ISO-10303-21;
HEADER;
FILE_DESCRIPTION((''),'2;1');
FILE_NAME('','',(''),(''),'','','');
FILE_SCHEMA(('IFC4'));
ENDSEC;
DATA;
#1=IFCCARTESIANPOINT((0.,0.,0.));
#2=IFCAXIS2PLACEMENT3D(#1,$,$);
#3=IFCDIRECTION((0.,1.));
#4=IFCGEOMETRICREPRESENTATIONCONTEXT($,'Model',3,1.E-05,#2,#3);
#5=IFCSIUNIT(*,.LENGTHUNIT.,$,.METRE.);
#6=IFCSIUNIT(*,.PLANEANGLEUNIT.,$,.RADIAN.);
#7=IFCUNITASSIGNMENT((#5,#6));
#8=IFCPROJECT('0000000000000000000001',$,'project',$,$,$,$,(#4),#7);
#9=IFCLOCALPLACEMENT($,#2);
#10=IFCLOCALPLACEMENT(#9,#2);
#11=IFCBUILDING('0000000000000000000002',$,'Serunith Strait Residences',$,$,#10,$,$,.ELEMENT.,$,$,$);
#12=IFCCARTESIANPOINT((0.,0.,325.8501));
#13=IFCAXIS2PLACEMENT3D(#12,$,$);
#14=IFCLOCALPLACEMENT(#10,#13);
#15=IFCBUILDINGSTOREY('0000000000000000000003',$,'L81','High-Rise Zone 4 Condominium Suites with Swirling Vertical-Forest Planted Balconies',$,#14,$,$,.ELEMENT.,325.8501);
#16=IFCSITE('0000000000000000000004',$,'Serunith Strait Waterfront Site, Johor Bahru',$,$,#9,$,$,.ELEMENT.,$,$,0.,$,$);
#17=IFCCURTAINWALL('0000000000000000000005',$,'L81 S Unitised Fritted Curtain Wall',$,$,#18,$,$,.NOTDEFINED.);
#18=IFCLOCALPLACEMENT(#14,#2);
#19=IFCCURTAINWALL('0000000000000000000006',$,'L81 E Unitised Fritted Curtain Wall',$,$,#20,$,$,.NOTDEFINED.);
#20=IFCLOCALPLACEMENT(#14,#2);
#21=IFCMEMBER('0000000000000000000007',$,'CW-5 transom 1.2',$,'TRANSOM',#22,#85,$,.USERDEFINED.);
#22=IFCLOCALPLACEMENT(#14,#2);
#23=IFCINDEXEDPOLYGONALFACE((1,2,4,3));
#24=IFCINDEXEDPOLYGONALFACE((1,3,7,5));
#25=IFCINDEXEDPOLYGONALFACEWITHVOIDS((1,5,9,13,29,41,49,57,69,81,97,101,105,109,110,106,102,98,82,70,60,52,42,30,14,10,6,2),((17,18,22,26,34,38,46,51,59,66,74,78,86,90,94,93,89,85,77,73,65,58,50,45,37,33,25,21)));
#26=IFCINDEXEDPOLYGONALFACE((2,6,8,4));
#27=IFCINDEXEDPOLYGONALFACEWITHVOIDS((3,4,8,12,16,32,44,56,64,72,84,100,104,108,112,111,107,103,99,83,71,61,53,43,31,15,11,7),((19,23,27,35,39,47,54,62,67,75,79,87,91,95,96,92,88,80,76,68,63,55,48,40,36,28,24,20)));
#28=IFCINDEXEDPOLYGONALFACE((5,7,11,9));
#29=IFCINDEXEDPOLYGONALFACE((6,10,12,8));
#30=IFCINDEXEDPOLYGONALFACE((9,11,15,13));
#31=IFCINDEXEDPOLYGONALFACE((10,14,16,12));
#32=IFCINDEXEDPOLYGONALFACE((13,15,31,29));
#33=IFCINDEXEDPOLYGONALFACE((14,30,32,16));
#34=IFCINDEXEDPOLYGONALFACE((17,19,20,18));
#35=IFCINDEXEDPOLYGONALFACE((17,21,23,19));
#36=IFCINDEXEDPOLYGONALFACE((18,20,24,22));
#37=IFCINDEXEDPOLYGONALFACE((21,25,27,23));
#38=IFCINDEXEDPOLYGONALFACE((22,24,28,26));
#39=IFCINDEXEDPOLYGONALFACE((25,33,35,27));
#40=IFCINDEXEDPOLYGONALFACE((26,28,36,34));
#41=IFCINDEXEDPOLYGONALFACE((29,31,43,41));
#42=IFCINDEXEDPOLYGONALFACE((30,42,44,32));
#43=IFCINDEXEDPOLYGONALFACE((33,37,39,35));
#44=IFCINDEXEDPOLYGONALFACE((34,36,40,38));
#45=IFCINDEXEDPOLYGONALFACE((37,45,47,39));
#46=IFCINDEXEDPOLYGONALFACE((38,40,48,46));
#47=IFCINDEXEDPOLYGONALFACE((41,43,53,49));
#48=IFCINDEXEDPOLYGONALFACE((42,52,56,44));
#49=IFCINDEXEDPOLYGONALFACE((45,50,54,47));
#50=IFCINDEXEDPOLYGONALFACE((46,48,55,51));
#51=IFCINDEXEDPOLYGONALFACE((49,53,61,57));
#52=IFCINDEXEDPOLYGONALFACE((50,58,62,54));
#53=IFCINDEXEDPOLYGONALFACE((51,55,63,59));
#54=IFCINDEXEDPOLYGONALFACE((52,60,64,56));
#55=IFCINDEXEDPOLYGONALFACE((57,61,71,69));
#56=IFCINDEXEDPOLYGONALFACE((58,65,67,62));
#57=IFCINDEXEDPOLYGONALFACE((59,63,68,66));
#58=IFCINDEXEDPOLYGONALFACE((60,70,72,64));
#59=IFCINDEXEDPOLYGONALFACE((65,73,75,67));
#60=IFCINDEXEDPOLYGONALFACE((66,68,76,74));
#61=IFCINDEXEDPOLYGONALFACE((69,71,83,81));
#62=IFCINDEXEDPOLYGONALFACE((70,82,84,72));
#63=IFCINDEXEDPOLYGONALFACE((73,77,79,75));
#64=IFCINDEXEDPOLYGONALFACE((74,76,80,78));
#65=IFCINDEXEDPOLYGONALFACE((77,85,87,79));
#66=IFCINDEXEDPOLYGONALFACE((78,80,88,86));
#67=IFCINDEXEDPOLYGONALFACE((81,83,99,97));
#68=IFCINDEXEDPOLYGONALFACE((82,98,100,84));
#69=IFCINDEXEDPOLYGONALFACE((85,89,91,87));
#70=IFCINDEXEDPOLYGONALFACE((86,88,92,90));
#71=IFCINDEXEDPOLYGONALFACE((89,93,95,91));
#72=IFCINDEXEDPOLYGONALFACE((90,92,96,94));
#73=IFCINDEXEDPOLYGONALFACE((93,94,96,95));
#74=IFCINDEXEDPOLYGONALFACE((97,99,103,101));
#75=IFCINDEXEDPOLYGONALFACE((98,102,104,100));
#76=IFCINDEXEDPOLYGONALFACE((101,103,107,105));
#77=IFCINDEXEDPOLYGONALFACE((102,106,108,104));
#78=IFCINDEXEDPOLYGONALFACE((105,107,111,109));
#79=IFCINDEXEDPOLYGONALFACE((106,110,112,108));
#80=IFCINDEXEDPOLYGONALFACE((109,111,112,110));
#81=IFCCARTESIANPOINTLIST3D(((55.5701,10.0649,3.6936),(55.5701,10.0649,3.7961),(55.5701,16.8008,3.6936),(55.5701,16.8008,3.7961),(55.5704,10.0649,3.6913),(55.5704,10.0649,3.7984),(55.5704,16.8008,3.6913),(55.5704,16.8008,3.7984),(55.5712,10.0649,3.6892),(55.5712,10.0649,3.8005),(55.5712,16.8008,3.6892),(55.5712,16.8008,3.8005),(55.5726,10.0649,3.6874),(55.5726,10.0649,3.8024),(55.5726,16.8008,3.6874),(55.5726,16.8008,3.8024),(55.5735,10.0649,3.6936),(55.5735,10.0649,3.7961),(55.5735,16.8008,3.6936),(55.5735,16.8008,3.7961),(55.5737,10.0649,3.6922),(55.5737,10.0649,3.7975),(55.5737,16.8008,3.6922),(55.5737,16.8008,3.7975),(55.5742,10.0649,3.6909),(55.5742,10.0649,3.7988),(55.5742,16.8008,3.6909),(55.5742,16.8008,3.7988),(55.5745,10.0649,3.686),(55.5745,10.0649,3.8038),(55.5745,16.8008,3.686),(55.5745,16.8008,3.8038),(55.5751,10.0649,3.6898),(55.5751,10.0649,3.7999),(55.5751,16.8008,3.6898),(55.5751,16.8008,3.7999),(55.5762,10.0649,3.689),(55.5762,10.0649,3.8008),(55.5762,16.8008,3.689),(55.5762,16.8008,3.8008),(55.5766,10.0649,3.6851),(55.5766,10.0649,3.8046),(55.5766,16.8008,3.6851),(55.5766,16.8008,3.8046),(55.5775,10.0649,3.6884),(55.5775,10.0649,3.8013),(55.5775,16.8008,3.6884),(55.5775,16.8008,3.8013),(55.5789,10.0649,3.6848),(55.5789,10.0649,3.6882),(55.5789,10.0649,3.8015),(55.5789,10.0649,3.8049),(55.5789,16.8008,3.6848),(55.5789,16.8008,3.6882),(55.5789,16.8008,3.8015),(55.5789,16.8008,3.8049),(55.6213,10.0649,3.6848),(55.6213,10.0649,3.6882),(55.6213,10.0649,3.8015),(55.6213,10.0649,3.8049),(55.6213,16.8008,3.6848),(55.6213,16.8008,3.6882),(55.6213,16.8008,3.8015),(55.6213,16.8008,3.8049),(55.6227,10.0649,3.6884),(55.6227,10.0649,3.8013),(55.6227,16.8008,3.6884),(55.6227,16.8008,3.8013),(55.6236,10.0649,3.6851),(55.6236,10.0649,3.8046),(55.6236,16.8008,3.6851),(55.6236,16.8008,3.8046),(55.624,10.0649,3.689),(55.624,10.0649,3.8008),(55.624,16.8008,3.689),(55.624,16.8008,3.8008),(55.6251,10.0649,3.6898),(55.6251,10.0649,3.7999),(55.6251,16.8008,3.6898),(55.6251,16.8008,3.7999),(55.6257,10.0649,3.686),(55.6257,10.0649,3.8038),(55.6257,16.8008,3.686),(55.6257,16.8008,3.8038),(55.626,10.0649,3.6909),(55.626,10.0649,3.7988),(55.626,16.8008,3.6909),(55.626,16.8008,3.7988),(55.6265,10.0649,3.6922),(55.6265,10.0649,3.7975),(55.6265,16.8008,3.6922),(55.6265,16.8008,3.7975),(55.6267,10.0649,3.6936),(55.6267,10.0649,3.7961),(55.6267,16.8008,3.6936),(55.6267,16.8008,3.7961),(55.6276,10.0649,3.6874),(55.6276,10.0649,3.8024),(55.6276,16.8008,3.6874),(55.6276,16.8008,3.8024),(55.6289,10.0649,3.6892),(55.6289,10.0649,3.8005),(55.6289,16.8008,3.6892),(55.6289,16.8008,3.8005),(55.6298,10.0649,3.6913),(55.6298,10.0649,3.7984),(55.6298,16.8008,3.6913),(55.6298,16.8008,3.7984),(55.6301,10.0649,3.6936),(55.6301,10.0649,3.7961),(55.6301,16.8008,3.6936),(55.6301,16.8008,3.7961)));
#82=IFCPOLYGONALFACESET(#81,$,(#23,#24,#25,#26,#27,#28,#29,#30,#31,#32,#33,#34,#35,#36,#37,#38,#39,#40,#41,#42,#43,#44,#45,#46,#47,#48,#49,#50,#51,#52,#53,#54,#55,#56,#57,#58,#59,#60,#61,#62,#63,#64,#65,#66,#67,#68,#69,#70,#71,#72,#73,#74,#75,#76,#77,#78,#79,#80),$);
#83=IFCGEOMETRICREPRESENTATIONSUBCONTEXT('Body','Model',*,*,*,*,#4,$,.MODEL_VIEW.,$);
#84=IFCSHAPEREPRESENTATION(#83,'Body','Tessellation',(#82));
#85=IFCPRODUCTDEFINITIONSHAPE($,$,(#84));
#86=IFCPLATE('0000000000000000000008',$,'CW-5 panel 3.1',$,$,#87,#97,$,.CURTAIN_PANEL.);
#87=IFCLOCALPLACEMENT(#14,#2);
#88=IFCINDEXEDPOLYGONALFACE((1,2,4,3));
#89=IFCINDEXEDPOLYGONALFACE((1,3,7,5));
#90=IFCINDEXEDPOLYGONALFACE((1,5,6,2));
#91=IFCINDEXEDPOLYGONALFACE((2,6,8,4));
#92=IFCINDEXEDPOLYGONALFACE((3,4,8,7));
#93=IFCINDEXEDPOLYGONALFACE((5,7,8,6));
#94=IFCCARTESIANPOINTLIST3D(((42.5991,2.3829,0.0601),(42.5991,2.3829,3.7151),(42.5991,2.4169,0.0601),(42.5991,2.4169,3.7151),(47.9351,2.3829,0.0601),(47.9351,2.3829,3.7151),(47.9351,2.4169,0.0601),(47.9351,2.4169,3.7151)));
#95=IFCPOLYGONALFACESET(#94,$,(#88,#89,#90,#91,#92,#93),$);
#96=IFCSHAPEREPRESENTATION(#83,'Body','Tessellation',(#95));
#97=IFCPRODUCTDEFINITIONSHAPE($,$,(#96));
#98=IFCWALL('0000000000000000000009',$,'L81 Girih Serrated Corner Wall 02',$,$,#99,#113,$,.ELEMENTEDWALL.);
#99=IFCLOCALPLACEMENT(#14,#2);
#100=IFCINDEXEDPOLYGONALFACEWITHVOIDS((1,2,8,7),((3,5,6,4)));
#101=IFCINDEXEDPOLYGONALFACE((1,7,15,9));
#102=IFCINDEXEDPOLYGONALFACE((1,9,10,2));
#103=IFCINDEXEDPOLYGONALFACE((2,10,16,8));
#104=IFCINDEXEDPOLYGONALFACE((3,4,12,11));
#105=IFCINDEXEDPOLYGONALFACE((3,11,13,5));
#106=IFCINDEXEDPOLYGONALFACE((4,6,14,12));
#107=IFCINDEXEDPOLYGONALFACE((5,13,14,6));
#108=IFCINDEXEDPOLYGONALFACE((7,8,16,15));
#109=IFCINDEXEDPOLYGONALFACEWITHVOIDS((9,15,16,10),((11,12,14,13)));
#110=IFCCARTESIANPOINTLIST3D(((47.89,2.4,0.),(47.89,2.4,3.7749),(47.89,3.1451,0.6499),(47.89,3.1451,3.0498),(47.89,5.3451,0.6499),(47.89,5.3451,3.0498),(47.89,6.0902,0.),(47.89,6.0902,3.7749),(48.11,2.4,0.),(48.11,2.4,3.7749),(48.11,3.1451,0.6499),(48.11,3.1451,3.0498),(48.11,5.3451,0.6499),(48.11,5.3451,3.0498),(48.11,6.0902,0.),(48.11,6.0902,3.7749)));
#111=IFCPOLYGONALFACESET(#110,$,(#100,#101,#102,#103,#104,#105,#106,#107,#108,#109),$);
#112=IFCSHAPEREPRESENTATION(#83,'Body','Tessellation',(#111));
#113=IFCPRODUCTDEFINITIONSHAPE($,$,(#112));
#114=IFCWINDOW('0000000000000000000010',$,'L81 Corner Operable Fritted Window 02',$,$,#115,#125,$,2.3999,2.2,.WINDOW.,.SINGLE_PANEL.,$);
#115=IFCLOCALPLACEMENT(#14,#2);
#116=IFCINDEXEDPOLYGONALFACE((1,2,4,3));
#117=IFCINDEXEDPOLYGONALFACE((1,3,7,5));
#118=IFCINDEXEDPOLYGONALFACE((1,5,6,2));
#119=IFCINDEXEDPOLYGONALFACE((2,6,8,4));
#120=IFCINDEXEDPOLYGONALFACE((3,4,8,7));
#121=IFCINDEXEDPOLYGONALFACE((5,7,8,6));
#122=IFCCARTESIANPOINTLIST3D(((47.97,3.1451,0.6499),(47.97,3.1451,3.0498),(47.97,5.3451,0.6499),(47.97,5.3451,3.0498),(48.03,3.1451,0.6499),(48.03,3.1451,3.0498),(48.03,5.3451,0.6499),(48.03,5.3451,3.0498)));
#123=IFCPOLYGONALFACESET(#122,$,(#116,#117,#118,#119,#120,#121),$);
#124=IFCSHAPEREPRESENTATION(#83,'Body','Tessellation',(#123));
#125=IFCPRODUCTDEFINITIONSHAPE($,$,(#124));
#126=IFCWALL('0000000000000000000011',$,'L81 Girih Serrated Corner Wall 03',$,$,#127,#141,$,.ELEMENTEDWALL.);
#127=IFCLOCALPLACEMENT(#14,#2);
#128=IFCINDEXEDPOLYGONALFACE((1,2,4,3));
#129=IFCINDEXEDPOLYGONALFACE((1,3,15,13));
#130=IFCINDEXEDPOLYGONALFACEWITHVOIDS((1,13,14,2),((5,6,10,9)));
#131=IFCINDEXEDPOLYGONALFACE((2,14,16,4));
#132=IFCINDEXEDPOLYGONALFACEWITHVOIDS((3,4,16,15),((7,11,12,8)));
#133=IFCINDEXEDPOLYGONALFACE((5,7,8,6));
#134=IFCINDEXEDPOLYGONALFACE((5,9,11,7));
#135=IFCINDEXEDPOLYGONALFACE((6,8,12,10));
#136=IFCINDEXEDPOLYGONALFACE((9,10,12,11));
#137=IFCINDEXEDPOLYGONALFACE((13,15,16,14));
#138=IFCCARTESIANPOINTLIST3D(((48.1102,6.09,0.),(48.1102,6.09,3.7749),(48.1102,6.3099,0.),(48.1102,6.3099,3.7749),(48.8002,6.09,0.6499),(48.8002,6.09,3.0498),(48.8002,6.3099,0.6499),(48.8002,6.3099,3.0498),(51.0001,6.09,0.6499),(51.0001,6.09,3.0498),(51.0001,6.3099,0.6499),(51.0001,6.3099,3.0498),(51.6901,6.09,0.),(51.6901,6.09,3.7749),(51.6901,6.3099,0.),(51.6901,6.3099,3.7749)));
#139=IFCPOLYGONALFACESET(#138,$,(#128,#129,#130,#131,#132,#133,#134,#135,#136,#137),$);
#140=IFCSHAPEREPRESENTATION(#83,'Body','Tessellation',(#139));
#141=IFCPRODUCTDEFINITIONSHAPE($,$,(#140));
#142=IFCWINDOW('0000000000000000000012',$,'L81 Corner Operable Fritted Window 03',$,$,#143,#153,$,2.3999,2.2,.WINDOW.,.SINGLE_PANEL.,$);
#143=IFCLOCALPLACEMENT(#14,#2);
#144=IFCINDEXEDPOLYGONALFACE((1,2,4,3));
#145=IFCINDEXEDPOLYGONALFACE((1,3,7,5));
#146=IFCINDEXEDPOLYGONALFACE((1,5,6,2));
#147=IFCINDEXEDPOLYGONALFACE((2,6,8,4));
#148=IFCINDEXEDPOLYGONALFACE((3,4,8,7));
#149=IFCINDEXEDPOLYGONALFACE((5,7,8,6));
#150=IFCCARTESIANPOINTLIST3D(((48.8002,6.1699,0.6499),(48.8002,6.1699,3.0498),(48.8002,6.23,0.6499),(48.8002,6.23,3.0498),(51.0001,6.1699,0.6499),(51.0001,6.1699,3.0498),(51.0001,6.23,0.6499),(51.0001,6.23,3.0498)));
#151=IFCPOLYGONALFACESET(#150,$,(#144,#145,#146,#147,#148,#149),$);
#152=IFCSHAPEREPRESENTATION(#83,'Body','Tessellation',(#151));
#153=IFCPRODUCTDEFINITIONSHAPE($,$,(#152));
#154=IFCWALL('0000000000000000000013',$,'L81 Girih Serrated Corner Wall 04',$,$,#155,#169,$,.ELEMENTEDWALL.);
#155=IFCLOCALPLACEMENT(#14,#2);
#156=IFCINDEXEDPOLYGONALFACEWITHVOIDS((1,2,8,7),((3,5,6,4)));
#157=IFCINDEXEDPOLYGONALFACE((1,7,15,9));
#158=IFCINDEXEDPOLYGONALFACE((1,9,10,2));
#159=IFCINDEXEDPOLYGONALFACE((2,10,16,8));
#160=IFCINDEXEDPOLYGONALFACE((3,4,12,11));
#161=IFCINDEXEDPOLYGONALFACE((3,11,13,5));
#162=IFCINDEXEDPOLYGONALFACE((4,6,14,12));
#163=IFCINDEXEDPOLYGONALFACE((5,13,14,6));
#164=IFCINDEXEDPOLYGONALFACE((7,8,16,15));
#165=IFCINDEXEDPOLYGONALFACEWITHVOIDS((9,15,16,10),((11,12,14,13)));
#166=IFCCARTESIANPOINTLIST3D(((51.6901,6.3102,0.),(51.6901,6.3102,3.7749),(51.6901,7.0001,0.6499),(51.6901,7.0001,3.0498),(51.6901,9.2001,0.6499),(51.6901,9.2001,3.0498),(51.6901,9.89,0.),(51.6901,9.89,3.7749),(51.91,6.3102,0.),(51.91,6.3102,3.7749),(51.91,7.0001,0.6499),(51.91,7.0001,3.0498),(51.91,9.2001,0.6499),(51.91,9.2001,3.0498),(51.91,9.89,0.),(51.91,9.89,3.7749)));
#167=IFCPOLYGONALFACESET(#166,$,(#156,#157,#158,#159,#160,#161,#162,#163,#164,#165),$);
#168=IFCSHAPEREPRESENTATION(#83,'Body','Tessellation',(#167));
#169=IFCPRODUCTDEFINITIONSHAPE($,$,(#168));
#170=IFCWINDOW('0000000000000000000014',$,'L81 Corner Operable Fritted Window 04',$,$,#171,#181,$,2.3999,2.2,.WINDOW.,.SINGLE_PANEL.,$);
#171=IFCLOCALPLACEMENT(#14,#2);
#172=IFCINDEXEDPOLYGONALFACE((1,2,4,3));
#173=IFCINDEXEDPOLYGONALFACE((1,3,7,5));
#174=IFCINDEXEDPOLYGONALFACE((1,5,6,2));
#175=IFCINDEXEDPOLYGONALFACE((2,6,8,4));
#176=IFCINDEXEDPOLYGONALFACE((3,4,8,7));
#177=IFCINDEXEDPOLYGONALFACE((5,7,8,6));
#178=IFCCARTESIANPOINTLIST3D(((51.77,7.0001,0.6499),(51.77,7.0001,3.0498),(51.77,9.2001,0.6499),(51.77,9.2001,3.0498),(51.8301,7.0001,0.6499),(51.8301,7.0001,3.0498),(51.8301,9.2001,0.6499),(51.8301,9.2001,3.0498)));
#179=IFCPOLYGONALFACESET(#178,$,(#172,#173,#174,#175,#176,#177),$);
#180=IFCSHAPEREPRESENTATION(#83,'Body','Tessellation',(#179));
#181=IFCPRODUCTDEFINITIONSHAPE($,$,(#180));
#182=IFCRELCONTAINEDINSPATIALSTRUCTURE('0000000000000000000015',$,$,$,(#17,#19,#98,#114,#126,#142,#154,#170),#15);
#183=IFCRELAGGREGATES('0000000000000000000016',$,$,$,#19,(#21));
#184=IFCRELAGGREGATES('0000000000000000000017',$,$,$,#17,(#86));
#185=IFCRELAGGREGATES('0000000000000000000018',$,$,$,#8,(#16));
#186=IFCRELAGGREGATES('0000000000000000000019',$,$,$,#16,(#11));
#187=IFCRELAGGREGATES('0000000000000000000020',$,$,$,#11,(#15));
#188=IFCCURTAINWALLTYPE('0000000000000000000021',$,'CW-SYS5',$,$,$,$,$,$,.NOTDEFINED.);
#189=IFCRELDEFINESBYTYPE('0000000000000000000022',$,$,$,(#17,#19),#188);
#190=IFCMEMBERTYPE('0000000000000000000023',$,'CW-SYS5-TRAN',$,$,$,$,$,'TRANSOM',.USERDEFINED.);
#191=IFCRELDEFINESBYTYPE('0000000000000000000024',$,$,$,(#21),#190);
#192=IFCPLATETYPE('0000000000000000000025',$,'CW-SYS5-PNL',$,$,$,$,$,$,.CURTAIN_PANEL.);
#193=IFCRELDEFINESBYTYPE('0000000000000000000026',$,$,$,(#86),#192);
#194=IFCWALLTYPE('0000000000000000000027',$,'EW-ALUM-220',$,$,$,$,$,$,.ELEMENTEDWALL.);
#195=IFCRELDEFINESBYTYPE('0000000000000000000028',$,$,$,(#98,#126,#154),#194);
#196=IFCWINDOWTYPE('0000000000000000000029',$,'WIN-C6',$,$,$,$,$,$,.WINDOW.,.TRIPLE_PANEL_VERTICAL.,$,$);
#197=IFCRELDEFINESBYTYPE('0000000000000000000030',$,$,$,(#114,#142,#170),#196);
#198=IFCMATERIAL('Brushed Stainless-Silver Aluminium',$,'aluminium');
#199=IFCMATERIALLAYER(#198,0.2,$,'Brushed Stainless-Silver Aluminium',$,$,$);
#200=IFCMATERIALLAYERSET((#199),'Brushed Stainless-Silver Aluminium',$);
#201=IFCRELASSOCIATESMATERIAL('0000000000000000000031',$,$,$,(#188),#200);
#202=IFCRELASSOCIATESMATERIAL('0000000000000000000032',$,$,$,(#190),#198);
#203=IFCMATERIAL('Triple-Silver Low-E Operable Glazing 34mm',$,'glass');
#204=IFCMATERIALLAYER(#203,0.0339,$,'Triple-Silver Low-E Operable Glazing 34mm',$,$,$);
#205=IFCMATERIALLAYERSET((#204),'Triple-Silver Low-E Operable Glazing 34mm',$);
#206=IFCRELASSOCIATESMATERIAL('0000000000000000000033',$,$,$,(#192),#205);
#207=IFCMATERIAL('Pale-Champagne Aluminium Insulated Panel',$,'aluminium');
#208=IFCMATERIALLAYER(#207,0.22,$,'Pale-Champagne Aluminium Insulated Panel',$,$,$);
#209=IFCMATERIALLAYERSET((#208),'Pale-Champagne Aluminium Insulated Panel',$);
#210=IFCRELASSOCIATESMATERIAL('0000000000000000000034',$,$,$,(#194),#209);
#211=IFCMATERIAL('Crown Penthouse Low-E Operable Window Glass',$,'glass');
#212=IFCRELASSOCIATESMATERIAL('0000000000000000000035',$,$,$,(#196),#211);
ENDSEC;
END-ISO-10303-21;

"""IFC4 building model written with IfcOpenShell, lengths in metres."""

from ifc_helpers import new_model, si_unit, direction, frame, frame_2d, origin, origin_2d, place, context, subcontext, project, spatial, rectangle, hollow_rectangle, extrude, source, transform, mapped, material, layer, layer_set, material_profile, profile_set, type_object, element, fill, aggregate, save


model = new_model("IFC4")

# Units and contexts
model_context = context("Model", 3, precision=1e-05, world=origin(), true_north=direction((0.0, 1.0)))
body_context = subcontext(model_context, "Body", "Model", "MODEL_VIEW")
ifc_project = project(units=[si_unit("LENGTHUNIT", "METRE"), si_unit("PLANEANGLEUNIT", "RADIAN")], contexts=[model_context])

# Site, building, storey
site_placement = place(None, origin())
site = spatial("IfcSite", under=ifc_project, at=site_placement, Name="Serunith Strait Waterfront Site, Johor Bahru", CompositionType="ELEMENT", RefElevation=0.0)
building_placement = place(site_placement, origin())
building = spatial("IfcBuilding", under=site, at=building_placement, Name="Serunith Strait Residences", CompositionType="ELEMENT")
storey_placement = place(building_placement, frame((0.0, 0.0, 325.8501)))
storey = spatial("IfcBuildingStorey", under=building, at=storey_placement, Name="L81", Description="High-Rise Zone 4 Condominium Suites with Swirling Vertical-Forest Planted Balconies", CompositionType="ELEMENT", Elevation=325.8501)

# Curtain wall
ifc_material_1 = material(Name="Brushed Stainless-Silver Aluminium", Category="aluminium")
ifc_layer_1 = layer(ifc_material_1, 0.2, Name="Brushed Stainless-Silver Aluminium")
ifc_layer_set_1 = layer_set([ifc_layer_1], Name="Brushed Stainless-Silver Aluminium")
curtain_wall_type = type_object("IfcCurtainWallType", Name="CW-SYS5", PredefinedType="NOTDEFINED", material=ifc_layer_set_1)
curtain_wall_1_placement = place(storey_placement, origin())
curtain_wall_1 = element("IfcCurtainWall", 1, at=curtain_wall_1_placement, inside=storey, type_object=curtain_wall_type, Name="L81 S Unitised Fritted Curtain Wall", PredefinedType="NOTDEFINED")

# Curtain wall
curtain_wall_2_placement = place(storey_placement, origin())
curtain_wall_2 = element("IfcCurtainWall", 2, at=curtain_wall_2_placement, inside=storey, type_object=curtain_wall_type, Name="L81 E Unitised Fritted Curtain Wall", PredefinedType="NOTDEFINED")

# Member
ifc_material_profile_1 = material_profile(ifc_material_1, hollow_rectangle(XDim=0.0601, YDim=0.1201, WallThickness=0.0034, InnerFilletRadius=0.0054, OuterFilletRadius=0.0088, at=origin_2d()), Name="ALU 120x60x3.5")
ifc_profile_set_1 = profile_set([ifc_material_profile_1], Name="Brushed Stainless-Silver Aluminium")
member_type_1 = type_object("IfcMemberType", Name="CW-SYS5-TRAN", ElementType="TRANSOM", PredefinedType="USERDEFINED", material=ifc_profile_set_1)
shared_shape_1 = source(origin(), body_context, "Body", "SweptSolid", [
    extrude(hollow_rectangle(XDim=0.0601, YDim=0.1201, WallThickness=0.0034, InnerFilletRadius=0.0054, OuterFilletRadius=0.0088, at=origin_2d()), origin(), (0.0, 0.0, 1.0), 6.7358),
])
member_1_placement = place(storey_placement, frame((55.6001, 10.0649, 3.7449), z_axis=(0.0, 1.0, 0.0), x_axis=(-1.0, 0.0, 0.0)))
member_1 = element("IfcMember", 3, at=member_1_placement, type_object=member_type_1, Name="CW-5 transom 1.2", ObjectType="TRANSOM", PredefinedType="USERDEFINED", context=body_context, shape_type="MappedRepresentation", body=[
    mapped(shared_shape_1, transform((0.0, 0.0, 0.0), scale=1.0)),
])
aggregate(curtain_wall_2, [member_1])

# Plate
ifc_material_2 = material(Name="Triple-Silver Low-E Operable Glazing 34mm", Category="glass")
ifc_layer_2 = layer(ifc_material_2, 0.0339, Name="Triple-Silver Low-E Operable Glazing 34mm")
ifc_layer_set_2 = layer_set([ifc_layer_2], Name="Triple-Silver Low-E Operable Glazing 34mm")
plate_type = type_object("IfcPlateType", Name="CW-SYS5-PNL", PredefinedType="CURTAIN_PANEL", material=ifc_layer_set_2)
shared_shape_2 = source(origin(), body_context, "Body", "SweptSolid", [
    extrude(rectangle(XDim=5.3359, YDim=0.0339, at=origin_2d()), origin(), (0.0, 0.0, 1.0), 3.655),
])
plate_placement = place(storey_placement, frame((45.2671, 2.3999, 0.0601), z_axis=(0.0, 0.0, 1.0), x_axis=(1.0, 0.0, 0.0)))
plate = element("IfcPlate", 4, at=plate_placement, type_object=plate_type, Name="CW-5 panel 3.1", PredefinedType="CURTAIN_PANEL", context=body_context, shape_type="MappedRepresentation", body=[
    mapped(shared_shape_2, transform((0.0, 0.0, 0.0), scale=1.0)),
])
aggregate(curtain_wall_1, [plate])

# Walls, openings, windows
ifc_material_3 = material(Name="Pale-Champagne Aluminium Insulated Panel", Category="aluminium")
ifc_layer_3 = layer(ifc_material_3, 0.22, Name="Pale-Champagne Aluminium Insulated Panel")
ifc_layer_set_3 = layer_set([ifc_layer_3], Name="Pale-Champagne Aluminium Insulated Panel")
wall_type_1 = type_object("IfcWallType", Name="EW-ALUM-220", PredefinedType="ELEMENTEDWALL", material=ifc_layer_set_3)
wall_1_placement = place(storey_placement, frame((48.0, 2.3999, 0.0), z_axis=(0.0, 0.0, 1.0), x_axis=(0.0, 1.0, 0.0)))
wall_1 = element("IfcWall", 5, at=wall_1_placement, inside=storey, type_object=wall_type_1, Name="L81 Girih Serrated Corner Wall 02", PredefinedType="ELEMENTEDWALL", context=body_context, shape_type="SweptSolid", body=[
    extrude(rectangle(XDim=3.6902, YDim=0.22, at=frame_2d((1.8452, 0.0))), origin(), (0.0, 0.0, 1.0), 3.7749),
])
opening_1_placement = place(wall_1_placement, frame((0.7451, 0.0, 0.6499)))
opening_1 = element("IfcOpeningElement", 6, at=opening_1_placement, cuts=wall_1, PredefinedType="OPENING", context=body_context, shape_type="SweptSolid", body=[
    extrude(rectangle(XDim=2.2, YDim=2.3999, at=frame_2d((1.1001, 1.2))), frame((0.0, 0.1201, 0.0), z_axis=(0.0, -1.0, 0.0), x_axis=(1.0, 0.0, 0.0)), (0.0, 0.0, 1.0), 0.24),
])
ifc_material_4 = material(Name="Crown Penthouse Low-E Operable Window Glass", Category="glass")
window_type = type_object("IfcWindowType", Name="WIN-C6", PartitioningType="TRIPLE_PANEL_VERTICAL", PredefinedType="WINDOW", material=ifc_material_4)
shared_shape_3 = source(origin(), body_context, "Body", "SweptSolid", [
    extrude(rectangle(XDim=2.2, YDim=2.3999, at=frame_2d((1.1001, 1.2))), frame((0.0, 0.03, 0.0), z_axis=(0.0, -1.0, 0.0), x_axis=(1.0, 0.0, 0.0)), (0.0, 0.0, 1.0), 0.0601),
])
window_1_placement = place(opening_1_placement, origin())
window_1 = element("IfcWindow", 7, at=window_1_placement, inside=storey, type_object=window_type, Name="L81 Corner Operable Fritted Window 02", OverallHeight=2.3999, OverallWidth=2.2, PartitioningType="SINGLE_PANEL", PredefinedType="WINDOW", context=body_context, shape_type="MappedRepresentation", body=[
    mapped(shared_shape_3, transform((0.0, 0.0, 0.0), scale=1.0)),
])
fill(opening_1, window_1)
wall_2_placement = place(storey_placement, frame((48.1101, 6.2, 0.0), z_axis=(0.0, 0.0, 1.0), x_axis=(1.0, 0.0, 0.0)))
wall_2 = element("IfcWall", 8, at=wall_2_placement, inside=storey, type_object=wall_type_1, Name="L81 Girih Serrated Corner Wall 03", PredefinedType="ELEMENTEDWALL", context=body_context, shape_type="SweptSolid", body=[
    extrude(rectangle(XDim=3.5798, YDim=0.22, at=frame_2d((1.79, 0.0))), origin(), (0.0, 0.0, 1.0), 3.7749),
])
opening_2_placement = place(wall_2_placement, frame((0.6899, 0.0, 0.6499)))
opening_2 = element("IfcOpeningElement", 9, at=opening_2_placement, cuts=wall_2, PredefinedType="OPENING", context=body_context, shape_type="SweptSolid", body=[
    extrude(rectangle(XDim=2.2, YDim=2.3999, at=frame_2d((1.1001, 1.2))), frame((0.0, 0.1201, 0.0), z_axis=(0.0, -1.0, 0.0), x_axis=(1.0, 0.0, 0.0)), (0.0, 0.0, 1.0), 0.24),
])
window_2_placement = place(opening_2_placement, origin())
window_2 = element("IfcWindow", 10, at=window_2_placement, inside=storey, type_object=window_type, Name="L81 Corner Operable Fritted Window 03", OverallHeight=2.3999, OverallWidth=2.2, PartitioningType="SINGLE_PANEL", PredefinedType="WINDOW", context=body_context, shape_type="MappedRepresentation", body=[
    mapped(shared_shape_3, transform((0.0, 0.0, 0.0), scale=1.0)),
])
fill(opening_2, window_2)
wall_3_placement = place(storey_placement, frame((51.8, 6.3101, 0.0), z_axis=(0.0, 0.0, 1.0), x_axis=(0.0, 1.0, 0.0)))
wall_3 = element("IfcWall", 11, at=wall_3_placement, inside=storey, type_object=wall_type_1, Name="L81 Girih Serrated Corner Wall 04", PredefinedType="ELEMENTEDWALL", context=body_context, shape_type="SweptSolid", body=[
    extrude(rectangle(XDim=3.5798, YDim=0.22, at=frame_2d((1.79, 0.0))), origin(), (0.0, 0.0, 1.0), 3.7749),
])
opening_3_placement = place(wall_3_placement, frame((0.6899, 0.0, 0.6499)))
opening_3 = element("IfcOpeningElement", 12, at=opening_3_placement, cuts=wall_3, PredefinedType="OPENING", context=body_context, shape_type="SweptSolid", body=[
    extrude(rectangle(XDim=2.2, YDim=2.3999, at=frame_2d((1.1001, 1.2))), frame((0.0, 0.1201, 0.0), z_axis=(0.0, -1.0, 0.0), x_axis=(1.0, 0.0, 0.0)), (0.0, 0.0, 1.0), 0.24),
])
window_3_placement = place(opening_3_placement, origin())
window_3 = element("IfcWindow", 13, at=window_3_placement, inside=storey, type_object=window_type, Name="L81 Corner Operable Fritted Window 04", OverallHeight=2.3999, OverallWidth=2.2, PartitioningType="SINGLE_PANEL", PredefinedType="WINDOW", context=body_context, shape_type="MappedRepresentation", body=[
    mapped(shared_shape_3, transform((0.0, 0.0, 0.0), scale=1.0)),
])
fill(opening_3, window_3)

save(model, "model.ifc")
